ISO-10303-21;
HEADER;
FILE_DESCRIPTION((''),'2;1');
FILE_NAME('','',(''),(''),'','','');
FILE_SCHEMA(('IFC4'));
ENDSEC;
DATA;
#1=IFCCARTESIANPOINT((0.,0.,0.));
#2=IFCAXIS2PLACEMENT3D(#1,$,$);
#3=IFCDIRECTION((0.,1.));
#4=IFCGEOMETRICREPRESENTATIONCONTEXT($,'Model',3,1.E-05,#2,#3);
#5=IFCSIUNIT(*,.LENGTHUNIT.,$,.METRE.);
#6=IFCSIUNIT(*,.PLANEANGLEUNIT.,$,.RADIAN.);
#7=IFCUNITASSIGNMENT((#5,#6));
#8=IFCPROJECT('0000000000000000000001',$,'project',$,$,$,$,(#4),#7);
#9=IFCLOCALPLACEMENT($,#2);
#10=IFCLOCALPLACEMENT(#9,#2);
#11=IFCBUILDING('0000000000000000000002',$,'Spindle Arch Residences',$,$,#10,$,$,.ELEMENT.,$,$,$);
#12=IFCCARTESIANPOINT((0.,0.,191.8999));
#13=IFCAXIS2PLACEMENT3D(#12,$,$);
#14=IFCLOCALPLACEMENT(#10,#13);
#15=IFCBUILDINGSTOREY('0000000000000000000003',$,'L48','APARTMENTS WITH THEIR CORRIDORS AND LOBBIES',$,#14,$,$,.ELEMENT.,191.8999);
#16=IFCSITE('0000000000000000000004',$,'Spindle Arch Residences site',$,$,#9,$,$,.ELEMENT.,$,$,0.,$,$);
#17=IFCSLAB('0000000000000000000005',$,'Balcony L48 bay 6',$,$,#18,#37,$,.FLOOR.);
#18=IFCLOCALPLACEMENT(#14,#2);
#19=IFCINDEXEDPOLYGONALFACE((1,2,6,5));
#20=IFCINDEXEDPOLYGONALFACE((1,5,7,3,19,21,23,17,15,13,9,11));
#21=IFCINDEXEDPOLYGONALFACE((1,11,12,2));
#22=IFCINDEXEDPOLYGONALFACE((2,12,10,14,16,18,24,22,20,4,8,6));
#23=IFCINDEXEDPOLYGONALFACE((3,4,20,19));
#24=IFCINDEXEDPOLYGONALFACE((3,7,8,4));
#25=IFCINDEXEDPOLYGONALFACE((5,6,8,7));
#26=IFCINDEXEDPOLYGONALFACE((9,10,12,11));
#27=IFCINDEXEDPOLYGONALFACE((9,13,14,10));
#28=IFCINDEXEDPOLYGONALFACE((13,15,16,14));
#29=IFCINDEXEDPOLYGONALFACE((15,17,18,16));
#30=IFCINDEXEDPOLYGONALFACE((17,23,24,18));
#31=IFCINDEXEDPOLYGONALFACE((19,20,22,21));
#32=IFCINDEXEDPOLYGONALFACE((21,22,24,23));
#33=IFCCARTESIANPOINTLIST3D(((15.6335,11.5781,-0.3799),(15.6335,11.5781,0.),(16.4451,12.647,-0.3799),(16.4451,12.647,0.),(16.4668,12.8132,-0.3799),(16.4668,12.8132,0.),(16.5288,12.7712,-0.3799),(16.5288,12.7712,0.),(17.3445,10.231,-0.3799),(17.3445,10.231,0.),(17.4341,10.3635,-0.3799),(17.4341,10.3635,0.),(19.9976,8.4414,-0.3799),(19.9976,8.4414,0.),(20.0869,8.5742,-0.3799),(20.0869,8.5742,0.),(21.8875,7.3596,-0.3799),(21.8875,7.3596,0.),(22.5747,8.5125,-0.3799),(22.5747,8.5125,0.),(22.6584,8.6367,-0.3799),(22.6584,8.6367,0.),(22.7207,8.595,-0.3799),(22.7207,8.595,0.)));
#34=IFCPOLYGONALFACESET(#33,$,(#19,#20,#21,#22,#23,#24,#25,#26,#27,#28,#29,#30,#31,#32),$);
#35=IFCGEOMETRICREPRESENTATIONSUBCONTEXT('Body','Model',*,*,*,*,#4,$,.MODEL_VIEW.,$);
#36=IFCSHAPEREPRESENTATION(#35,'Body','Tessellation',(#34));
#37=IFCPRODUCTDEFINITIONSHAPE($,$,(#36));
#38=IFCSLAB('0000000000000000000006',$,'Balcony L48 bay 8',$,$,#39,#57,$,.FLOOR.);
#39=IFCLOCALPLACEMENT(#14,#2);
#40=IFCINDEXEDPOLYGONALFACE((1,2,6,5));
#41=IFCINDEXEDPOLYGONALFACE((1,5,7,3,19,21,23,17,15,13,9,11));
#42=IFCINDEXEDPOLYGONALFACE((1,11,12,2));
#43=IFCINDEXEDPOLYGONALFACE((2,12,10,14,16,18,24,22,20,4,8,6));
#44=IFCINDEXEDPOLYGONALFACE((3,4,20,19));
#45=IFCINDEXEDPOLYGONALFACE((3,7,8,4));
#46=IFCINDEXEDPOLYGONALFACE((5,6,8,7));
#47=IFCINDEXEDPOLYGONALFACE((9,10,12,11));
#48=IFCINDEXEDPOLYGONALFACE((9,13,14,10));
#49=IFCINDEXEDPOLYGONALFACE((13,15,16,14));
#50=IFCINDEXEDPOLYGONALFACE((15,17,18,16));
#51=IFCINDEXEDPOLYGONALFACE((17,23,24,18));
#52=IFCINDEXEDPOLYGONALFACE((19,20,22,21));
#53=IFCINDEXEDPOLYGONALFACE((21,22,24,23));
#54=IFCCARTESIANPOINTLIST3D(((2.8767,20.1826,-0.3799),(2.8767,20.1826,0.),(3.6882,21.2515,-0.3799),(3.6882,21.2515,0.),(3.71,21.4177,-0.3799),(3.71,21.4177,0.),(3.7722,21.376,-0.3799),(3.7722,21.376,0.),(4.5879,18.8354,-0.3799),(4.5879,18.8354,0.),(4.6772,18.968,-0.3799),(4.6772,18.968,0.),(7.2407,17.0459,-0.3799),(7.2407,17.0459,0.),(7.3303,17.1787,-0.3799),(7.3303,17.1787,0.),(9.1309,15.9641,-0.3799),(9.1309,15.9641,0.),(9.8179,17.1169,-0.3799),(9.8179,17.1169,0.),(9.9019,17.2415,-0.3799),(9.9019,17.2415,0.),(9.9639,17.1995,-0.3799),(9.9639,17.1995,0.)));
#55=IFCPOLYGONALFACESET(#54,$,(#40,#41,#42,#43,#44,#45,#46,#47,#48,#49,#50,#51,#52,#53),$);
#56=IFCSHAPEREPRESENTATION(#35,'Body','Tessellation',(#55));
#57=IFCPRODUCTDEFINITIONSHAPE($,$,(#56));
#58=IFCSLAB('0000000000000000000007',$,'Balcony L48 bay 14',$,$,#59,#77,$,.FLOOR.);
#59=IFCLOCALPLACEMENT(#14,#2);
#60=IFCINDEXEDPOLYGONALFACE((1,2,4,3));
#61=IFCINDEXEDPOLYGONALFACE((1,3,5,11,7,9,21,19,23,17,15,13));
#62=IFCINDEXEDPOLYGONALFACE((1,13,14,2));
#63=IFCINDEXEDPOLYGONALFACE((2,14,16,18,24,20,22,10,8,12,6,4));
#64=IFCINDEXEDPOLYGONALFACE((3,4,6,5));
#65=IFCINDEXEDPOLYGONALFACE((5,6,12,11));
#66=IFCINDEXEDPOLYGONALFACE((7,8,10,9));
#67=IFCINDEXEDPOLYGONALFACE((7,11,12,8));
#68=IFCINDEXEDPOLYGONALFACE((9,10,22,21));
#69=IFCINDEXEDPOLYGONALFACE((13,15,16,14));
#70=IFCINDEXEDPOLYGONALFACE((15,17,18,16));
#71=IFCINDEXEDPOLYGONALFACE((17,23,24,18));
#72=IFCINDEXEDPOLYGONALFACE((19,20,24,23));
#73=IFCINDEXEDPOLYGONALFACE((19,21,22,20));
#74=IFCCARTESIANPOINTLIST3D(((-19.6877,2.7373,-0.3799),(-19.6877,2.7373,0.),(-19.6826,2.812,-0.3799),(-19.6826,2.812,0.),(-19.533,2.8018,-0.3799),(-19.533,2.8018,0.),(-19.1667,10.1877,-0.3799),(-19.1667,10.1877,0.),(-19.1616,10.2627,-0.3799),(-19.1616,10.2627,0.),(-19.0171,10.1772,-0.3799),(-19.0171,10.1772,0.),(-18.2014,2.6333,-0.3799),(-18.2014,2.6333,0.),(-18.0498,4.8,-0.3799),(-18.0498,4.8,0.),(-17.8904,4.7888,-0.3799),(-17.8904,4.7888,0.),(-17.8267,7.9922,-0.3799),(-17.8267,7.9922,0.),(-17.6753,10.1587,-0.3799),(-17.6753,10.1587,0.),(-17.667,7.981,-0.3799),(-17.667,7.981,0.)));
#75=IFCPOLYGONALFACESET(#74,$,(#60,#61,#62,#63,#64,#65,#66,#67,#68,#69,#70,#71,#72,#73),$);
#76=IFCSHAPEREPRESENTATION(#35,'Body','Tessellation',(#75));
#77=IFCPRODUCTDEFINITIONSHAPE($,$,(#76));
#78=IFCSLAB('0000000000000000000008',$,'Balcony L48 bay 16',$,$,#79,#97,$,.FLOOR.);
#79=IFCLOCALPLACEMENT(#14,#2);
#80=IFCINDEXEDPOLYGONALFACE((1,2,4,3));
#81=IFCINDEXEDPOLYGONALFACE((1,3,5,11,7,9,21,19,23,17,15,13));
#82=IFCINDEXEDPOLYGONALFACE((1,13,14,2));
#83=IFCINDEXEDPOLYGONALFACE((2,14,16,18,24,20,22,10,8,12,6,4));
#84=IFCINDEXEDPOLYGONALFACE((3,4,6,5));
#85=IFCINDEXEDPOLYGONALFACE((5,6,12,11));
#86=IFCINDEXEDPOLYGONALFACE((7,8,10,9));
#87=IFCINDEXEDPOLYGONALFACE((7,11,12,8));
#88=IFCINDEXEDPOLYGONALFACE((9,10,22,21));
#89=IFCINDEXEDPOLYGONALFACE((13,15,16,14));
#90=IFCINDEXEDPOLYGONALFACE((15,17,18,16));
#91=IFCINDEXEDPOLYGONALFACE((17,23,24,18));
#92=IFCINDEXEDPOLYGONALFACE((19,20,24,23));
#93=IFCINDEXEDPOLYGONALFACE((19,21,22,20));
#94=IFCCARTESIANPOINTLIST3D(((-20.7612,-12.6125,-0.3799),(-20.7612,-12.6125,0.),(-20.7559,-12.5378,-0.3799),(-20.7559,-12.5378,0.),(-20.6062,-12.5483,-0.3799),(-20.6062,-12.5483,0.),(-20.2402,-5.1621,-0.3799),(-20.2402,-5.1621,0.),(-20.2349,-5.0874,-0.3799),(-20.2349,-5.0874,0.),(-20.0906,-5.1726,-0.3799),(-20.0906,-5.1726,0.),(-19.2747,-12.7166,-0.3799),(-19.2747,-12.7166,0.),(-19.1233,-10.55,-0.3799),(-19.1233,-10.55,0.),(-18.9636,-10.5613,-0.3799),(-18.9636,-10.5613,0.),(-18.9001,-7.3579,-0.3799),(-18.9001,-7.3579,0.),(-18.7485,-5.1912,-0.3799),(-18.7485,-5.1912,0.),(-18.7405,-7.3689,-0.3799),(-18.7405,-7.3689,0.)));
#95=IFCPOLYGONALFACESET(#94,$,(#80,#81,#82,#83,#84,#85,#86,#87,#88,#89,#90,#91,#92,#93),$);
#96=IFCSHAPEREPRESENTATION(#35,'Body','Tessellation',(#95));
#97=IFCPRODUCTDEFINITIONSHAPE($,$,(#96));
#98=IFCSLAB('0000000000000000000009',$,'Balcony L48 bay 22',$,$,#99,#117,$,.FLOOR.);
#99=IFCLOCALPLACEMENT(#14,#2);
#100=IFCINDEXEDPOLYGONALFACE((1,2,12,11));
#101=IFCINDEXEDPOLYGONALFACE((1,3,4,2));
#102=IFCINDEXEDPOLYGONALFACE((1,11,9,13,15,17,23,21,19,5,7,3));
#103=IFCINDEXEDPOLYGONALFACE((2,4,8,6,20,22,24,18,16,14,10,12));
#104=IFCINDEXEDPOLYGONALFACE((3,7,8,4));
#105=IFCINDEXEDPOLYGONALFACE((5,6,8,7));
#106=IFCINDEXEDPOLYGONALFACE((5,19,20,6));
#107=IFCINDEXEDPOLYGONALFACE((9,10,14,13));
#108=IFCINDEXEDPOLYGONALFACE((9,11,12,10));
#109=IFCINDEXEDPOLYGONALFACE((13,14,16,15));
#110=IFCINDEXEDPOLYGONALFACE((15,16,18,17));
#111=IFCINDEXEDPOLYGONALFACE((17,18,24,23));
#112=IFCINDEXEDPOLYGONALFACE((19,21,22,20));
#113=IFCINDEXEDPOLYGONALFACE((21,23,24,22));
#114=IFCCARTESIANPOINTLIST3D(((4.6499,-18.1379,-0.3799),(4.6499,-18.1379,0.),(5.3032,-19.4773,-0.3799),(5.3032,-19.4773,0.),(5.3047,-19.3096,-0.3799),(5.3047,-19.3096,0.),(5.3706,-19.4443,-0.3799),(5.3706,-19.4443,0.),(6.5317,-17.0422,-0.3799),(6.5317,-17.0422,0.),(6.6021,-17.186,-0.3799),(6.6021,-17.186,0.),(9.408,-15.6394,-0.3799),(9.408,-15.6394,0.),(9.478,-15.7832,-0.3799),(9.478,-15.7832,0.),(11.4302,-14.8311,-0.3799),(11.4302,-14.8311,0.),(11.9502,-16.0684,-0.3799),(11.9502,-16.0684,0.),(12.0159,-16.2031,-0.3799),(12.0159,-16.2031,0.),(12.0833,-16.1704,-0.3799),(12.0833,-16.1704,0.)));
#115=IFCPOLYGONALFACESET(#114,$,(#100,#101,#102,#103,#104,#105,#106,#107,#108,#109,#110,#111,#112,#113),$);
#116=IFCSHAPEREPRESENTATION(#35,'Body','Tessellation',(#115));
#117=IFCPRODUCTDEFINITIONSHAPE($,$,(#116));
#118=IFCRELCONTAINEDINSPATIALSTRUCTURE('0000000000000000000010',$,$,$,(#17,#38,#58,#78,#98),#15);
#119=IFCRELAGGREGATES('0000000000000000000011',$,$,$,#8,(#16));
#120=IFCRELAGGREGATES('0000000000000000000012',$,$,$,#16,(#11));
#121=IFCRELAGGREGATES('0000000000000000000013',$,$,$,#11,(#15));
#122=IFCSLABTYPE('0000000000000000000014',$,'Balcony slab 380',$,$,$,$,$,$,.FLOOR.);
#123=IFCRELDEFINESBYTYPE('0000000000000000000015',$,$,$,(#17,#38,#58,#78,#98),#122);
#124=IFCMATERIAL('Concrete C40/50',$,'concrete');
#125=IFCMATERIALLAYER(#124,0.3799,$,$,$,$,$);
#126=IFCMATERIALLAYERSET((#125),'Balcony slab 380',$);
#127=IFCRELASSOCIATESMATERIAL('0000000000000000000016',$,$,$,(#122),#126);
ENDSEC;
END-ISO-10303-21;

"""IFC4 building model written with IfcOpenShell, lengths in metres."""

from ifc_helpers import new_model, si_unit, direction, frame, origin, place, context, subcontext, project, spatial, polyline, outline, extrude, material, layer, layer_set, type_object, element, save


model = new_model("IFC4")

# Units and contexts
model_context = context("Model", 3, precision=1e-05, world=origin(), true_north=direction((0.0, 1.0)))
body_context = subcontext(model_context, "Body", "Model", "MODEL_VIEW")
ifc_project = project(units=[si_unit("LENGTHUNIT", "METRE"), si_unit("PLANEANGLEUNIT", "RADIAN")], contexts=[model_context])

# Site, building, storey
site_placement = place(None, origin())
site = spatial("IfcSite", under=ifc_project, at=site_placement, Name="Spindle Arch Residences site", CompositionType="ELEMENT", RefElevation=0.0)
building_placement = place(site_placement, origin())
building = spatial("IfcBuilding", under=site, at=building_placement, Name="Spindle Arch Residences", CompositionType="ELEMENT")
storey_placement = place(building_placement, frame((0.0, 0.0, 191.8999)))
storey = spatial("IfcBuildingStorey", under=building, at=storey_placement, Name="L48", Description="APARTMENTS WITH THEIR CORRIDORS AND LOBBIES", CompositionType="ELEMENT", Elevation=191.8999)

# Slabs
ifc_material_1 = material(Name="Concrete C40/50", Category="concrete")
ifc_layer_1 = layer(ifc_material_1, 0.3799)
ifc_layer_set_1 = layer_set([ifc_layer_1], Name="Balcony slab 380")
slab_type_1 = type_object("IfcSlabType", Name="Balcony slab 380", PredefinedType="FLOOR", material=ifc_layer_set_1)
slab_1_placement = place(storey_placement, frame((0.0, 0.0, -0.3799)))
element("IfcSlab", 1, at=slab_1_placement, inside=storey, type_object=slab_type_1, Name="Balcony L48 bay 6", PredefinedType="FLOOR", context=body_context, shape_type="SweptSolid", body=[
    extrude(outline(polyline([(22.7207, 8.595), (22.6584, 8.6367), (22.5747, 8.5125), (16.4451, 12.647), (16.5288, 12.7712), (16.4668, 12.8132), (15.6335, 11.5781), (17.4341, 10.3635), (17.3445, 10.231), (19.9976, 8.4414), (20.0869, 8.5742), (21.8875, 7.3596), (22.7207, 8.595)])), origin(), (0.0, 0.0, 1.0), 0.3799),
])
slab_2_placement = place(storey_placement, frame((0.0, 0.0, -0.3799)))
element("IfcSlab", 2, at=slab_2_placement, inside=storey, type_object=slab_type_1, Name="Balcony L48 bay 8", PredefinedType="FLOOR", context=body_context, shape_type="SweptSolid", body=[
    extrude(outline(polyline([(9.9639, 17.1995), (9.9019, 17.2415), (9.8179, 17.1169), (3.6882, 21.2515), (3.7722, 21.376), (3.71, 21.4177), (2.8767, 20.1826), (4.6772, 18.968), (4.5879, 18.8354), (7.2407, 17.0459), (7.3303, 17.1787), (9.1309, 15.9641), (9.9639, 17.1995)])), origin(), (0.0, 0.0, 1.0), 0.3799),
])
slab_3_placement = place(storey_placement, frame((0.0, 0.0, -0.3799)))
element("IfcSlab", 3, at=slab_3_placement, inside=storey, type_object=slab_type_1, Name="Balcony L48 bay 14", PredefinedType="FLOOR", context=body_context, shape_type="SweptSolid", body=[
    extrude(outline(polyline([(-19.1616, 10.2627), (-19.1667, 10.1877), (-19.0171, 10.1772), (-19.533, 2.8018), (-19.6826, 2.812), (-19.6877, 2.7373), (-18.2014, 2.6333), (-18.0498, 4.8), (-17.8904, 4.7888), (-17.667, 7.981), (-17.8267, 7.9922), (-17.6753, 10.1587), (-19.1616, 10.2627)])), origin(), (0.0, 0.0, 1.0), 0.3799),
])
slab_4_placement = place(storey_placement, frame((0.0, 0.0, -0.3799)))
element("IfcSlab", 4, at=slab_4_placement, inside=storey, type_object=slab_type_1, Name="Balcony L48 bay 16", PredefinedType="FLOOR", context=body_context, shape_type="SweptSolid", body=[
    extrude(outline(polyline([(-20.2349, -5.0874), (-20.2402, -5.1621), (-20.0906, -5.1726), (-20.6062, -12.5483), (-20.7559, -12.5378), (-20.7612, -12.6125), (-19.2747, -12.7166), (-19.1233, -10.55), (-18.9636, -10.5613), (-18.7405, -7.3689), (-18.9001, -7.3579), (-18.7485, -5.1912), (-20.2349, -5.0874)])), origin(), (0.0, 0.0, 1.0), 0.3799),
])
slab_5_placement = place(storey_placement, frame((0.0, 0.0, -0.3799)))
element("IfcSlab", 5, at=slab_5_placement, inside=storey, type_object=slab_type_1, Name="Balcony L48 bay 22", PredefinedType="FLOOR", context=body_context, shape_type="SweptSolid", body=[
    extrude(outline(polyline([(5.3032, -19.4773), (5.3706, -19.4443), (5.3047, -19.3096), (11.9502, -16.0684), (12.0159, -16.2031), (12.0833, -16.1704), (11.4302, -14.8311), (9.478, -15.7832), (9.408, -15.6394), (6.5317, -17.0422), (6.6021, -17.186), (4.6499, -18.1379), (5.3032, -19.4773)])), origin(), (0.0, 0.0, 1.0), 0.3799),
])

save(model, "model.ifc")
